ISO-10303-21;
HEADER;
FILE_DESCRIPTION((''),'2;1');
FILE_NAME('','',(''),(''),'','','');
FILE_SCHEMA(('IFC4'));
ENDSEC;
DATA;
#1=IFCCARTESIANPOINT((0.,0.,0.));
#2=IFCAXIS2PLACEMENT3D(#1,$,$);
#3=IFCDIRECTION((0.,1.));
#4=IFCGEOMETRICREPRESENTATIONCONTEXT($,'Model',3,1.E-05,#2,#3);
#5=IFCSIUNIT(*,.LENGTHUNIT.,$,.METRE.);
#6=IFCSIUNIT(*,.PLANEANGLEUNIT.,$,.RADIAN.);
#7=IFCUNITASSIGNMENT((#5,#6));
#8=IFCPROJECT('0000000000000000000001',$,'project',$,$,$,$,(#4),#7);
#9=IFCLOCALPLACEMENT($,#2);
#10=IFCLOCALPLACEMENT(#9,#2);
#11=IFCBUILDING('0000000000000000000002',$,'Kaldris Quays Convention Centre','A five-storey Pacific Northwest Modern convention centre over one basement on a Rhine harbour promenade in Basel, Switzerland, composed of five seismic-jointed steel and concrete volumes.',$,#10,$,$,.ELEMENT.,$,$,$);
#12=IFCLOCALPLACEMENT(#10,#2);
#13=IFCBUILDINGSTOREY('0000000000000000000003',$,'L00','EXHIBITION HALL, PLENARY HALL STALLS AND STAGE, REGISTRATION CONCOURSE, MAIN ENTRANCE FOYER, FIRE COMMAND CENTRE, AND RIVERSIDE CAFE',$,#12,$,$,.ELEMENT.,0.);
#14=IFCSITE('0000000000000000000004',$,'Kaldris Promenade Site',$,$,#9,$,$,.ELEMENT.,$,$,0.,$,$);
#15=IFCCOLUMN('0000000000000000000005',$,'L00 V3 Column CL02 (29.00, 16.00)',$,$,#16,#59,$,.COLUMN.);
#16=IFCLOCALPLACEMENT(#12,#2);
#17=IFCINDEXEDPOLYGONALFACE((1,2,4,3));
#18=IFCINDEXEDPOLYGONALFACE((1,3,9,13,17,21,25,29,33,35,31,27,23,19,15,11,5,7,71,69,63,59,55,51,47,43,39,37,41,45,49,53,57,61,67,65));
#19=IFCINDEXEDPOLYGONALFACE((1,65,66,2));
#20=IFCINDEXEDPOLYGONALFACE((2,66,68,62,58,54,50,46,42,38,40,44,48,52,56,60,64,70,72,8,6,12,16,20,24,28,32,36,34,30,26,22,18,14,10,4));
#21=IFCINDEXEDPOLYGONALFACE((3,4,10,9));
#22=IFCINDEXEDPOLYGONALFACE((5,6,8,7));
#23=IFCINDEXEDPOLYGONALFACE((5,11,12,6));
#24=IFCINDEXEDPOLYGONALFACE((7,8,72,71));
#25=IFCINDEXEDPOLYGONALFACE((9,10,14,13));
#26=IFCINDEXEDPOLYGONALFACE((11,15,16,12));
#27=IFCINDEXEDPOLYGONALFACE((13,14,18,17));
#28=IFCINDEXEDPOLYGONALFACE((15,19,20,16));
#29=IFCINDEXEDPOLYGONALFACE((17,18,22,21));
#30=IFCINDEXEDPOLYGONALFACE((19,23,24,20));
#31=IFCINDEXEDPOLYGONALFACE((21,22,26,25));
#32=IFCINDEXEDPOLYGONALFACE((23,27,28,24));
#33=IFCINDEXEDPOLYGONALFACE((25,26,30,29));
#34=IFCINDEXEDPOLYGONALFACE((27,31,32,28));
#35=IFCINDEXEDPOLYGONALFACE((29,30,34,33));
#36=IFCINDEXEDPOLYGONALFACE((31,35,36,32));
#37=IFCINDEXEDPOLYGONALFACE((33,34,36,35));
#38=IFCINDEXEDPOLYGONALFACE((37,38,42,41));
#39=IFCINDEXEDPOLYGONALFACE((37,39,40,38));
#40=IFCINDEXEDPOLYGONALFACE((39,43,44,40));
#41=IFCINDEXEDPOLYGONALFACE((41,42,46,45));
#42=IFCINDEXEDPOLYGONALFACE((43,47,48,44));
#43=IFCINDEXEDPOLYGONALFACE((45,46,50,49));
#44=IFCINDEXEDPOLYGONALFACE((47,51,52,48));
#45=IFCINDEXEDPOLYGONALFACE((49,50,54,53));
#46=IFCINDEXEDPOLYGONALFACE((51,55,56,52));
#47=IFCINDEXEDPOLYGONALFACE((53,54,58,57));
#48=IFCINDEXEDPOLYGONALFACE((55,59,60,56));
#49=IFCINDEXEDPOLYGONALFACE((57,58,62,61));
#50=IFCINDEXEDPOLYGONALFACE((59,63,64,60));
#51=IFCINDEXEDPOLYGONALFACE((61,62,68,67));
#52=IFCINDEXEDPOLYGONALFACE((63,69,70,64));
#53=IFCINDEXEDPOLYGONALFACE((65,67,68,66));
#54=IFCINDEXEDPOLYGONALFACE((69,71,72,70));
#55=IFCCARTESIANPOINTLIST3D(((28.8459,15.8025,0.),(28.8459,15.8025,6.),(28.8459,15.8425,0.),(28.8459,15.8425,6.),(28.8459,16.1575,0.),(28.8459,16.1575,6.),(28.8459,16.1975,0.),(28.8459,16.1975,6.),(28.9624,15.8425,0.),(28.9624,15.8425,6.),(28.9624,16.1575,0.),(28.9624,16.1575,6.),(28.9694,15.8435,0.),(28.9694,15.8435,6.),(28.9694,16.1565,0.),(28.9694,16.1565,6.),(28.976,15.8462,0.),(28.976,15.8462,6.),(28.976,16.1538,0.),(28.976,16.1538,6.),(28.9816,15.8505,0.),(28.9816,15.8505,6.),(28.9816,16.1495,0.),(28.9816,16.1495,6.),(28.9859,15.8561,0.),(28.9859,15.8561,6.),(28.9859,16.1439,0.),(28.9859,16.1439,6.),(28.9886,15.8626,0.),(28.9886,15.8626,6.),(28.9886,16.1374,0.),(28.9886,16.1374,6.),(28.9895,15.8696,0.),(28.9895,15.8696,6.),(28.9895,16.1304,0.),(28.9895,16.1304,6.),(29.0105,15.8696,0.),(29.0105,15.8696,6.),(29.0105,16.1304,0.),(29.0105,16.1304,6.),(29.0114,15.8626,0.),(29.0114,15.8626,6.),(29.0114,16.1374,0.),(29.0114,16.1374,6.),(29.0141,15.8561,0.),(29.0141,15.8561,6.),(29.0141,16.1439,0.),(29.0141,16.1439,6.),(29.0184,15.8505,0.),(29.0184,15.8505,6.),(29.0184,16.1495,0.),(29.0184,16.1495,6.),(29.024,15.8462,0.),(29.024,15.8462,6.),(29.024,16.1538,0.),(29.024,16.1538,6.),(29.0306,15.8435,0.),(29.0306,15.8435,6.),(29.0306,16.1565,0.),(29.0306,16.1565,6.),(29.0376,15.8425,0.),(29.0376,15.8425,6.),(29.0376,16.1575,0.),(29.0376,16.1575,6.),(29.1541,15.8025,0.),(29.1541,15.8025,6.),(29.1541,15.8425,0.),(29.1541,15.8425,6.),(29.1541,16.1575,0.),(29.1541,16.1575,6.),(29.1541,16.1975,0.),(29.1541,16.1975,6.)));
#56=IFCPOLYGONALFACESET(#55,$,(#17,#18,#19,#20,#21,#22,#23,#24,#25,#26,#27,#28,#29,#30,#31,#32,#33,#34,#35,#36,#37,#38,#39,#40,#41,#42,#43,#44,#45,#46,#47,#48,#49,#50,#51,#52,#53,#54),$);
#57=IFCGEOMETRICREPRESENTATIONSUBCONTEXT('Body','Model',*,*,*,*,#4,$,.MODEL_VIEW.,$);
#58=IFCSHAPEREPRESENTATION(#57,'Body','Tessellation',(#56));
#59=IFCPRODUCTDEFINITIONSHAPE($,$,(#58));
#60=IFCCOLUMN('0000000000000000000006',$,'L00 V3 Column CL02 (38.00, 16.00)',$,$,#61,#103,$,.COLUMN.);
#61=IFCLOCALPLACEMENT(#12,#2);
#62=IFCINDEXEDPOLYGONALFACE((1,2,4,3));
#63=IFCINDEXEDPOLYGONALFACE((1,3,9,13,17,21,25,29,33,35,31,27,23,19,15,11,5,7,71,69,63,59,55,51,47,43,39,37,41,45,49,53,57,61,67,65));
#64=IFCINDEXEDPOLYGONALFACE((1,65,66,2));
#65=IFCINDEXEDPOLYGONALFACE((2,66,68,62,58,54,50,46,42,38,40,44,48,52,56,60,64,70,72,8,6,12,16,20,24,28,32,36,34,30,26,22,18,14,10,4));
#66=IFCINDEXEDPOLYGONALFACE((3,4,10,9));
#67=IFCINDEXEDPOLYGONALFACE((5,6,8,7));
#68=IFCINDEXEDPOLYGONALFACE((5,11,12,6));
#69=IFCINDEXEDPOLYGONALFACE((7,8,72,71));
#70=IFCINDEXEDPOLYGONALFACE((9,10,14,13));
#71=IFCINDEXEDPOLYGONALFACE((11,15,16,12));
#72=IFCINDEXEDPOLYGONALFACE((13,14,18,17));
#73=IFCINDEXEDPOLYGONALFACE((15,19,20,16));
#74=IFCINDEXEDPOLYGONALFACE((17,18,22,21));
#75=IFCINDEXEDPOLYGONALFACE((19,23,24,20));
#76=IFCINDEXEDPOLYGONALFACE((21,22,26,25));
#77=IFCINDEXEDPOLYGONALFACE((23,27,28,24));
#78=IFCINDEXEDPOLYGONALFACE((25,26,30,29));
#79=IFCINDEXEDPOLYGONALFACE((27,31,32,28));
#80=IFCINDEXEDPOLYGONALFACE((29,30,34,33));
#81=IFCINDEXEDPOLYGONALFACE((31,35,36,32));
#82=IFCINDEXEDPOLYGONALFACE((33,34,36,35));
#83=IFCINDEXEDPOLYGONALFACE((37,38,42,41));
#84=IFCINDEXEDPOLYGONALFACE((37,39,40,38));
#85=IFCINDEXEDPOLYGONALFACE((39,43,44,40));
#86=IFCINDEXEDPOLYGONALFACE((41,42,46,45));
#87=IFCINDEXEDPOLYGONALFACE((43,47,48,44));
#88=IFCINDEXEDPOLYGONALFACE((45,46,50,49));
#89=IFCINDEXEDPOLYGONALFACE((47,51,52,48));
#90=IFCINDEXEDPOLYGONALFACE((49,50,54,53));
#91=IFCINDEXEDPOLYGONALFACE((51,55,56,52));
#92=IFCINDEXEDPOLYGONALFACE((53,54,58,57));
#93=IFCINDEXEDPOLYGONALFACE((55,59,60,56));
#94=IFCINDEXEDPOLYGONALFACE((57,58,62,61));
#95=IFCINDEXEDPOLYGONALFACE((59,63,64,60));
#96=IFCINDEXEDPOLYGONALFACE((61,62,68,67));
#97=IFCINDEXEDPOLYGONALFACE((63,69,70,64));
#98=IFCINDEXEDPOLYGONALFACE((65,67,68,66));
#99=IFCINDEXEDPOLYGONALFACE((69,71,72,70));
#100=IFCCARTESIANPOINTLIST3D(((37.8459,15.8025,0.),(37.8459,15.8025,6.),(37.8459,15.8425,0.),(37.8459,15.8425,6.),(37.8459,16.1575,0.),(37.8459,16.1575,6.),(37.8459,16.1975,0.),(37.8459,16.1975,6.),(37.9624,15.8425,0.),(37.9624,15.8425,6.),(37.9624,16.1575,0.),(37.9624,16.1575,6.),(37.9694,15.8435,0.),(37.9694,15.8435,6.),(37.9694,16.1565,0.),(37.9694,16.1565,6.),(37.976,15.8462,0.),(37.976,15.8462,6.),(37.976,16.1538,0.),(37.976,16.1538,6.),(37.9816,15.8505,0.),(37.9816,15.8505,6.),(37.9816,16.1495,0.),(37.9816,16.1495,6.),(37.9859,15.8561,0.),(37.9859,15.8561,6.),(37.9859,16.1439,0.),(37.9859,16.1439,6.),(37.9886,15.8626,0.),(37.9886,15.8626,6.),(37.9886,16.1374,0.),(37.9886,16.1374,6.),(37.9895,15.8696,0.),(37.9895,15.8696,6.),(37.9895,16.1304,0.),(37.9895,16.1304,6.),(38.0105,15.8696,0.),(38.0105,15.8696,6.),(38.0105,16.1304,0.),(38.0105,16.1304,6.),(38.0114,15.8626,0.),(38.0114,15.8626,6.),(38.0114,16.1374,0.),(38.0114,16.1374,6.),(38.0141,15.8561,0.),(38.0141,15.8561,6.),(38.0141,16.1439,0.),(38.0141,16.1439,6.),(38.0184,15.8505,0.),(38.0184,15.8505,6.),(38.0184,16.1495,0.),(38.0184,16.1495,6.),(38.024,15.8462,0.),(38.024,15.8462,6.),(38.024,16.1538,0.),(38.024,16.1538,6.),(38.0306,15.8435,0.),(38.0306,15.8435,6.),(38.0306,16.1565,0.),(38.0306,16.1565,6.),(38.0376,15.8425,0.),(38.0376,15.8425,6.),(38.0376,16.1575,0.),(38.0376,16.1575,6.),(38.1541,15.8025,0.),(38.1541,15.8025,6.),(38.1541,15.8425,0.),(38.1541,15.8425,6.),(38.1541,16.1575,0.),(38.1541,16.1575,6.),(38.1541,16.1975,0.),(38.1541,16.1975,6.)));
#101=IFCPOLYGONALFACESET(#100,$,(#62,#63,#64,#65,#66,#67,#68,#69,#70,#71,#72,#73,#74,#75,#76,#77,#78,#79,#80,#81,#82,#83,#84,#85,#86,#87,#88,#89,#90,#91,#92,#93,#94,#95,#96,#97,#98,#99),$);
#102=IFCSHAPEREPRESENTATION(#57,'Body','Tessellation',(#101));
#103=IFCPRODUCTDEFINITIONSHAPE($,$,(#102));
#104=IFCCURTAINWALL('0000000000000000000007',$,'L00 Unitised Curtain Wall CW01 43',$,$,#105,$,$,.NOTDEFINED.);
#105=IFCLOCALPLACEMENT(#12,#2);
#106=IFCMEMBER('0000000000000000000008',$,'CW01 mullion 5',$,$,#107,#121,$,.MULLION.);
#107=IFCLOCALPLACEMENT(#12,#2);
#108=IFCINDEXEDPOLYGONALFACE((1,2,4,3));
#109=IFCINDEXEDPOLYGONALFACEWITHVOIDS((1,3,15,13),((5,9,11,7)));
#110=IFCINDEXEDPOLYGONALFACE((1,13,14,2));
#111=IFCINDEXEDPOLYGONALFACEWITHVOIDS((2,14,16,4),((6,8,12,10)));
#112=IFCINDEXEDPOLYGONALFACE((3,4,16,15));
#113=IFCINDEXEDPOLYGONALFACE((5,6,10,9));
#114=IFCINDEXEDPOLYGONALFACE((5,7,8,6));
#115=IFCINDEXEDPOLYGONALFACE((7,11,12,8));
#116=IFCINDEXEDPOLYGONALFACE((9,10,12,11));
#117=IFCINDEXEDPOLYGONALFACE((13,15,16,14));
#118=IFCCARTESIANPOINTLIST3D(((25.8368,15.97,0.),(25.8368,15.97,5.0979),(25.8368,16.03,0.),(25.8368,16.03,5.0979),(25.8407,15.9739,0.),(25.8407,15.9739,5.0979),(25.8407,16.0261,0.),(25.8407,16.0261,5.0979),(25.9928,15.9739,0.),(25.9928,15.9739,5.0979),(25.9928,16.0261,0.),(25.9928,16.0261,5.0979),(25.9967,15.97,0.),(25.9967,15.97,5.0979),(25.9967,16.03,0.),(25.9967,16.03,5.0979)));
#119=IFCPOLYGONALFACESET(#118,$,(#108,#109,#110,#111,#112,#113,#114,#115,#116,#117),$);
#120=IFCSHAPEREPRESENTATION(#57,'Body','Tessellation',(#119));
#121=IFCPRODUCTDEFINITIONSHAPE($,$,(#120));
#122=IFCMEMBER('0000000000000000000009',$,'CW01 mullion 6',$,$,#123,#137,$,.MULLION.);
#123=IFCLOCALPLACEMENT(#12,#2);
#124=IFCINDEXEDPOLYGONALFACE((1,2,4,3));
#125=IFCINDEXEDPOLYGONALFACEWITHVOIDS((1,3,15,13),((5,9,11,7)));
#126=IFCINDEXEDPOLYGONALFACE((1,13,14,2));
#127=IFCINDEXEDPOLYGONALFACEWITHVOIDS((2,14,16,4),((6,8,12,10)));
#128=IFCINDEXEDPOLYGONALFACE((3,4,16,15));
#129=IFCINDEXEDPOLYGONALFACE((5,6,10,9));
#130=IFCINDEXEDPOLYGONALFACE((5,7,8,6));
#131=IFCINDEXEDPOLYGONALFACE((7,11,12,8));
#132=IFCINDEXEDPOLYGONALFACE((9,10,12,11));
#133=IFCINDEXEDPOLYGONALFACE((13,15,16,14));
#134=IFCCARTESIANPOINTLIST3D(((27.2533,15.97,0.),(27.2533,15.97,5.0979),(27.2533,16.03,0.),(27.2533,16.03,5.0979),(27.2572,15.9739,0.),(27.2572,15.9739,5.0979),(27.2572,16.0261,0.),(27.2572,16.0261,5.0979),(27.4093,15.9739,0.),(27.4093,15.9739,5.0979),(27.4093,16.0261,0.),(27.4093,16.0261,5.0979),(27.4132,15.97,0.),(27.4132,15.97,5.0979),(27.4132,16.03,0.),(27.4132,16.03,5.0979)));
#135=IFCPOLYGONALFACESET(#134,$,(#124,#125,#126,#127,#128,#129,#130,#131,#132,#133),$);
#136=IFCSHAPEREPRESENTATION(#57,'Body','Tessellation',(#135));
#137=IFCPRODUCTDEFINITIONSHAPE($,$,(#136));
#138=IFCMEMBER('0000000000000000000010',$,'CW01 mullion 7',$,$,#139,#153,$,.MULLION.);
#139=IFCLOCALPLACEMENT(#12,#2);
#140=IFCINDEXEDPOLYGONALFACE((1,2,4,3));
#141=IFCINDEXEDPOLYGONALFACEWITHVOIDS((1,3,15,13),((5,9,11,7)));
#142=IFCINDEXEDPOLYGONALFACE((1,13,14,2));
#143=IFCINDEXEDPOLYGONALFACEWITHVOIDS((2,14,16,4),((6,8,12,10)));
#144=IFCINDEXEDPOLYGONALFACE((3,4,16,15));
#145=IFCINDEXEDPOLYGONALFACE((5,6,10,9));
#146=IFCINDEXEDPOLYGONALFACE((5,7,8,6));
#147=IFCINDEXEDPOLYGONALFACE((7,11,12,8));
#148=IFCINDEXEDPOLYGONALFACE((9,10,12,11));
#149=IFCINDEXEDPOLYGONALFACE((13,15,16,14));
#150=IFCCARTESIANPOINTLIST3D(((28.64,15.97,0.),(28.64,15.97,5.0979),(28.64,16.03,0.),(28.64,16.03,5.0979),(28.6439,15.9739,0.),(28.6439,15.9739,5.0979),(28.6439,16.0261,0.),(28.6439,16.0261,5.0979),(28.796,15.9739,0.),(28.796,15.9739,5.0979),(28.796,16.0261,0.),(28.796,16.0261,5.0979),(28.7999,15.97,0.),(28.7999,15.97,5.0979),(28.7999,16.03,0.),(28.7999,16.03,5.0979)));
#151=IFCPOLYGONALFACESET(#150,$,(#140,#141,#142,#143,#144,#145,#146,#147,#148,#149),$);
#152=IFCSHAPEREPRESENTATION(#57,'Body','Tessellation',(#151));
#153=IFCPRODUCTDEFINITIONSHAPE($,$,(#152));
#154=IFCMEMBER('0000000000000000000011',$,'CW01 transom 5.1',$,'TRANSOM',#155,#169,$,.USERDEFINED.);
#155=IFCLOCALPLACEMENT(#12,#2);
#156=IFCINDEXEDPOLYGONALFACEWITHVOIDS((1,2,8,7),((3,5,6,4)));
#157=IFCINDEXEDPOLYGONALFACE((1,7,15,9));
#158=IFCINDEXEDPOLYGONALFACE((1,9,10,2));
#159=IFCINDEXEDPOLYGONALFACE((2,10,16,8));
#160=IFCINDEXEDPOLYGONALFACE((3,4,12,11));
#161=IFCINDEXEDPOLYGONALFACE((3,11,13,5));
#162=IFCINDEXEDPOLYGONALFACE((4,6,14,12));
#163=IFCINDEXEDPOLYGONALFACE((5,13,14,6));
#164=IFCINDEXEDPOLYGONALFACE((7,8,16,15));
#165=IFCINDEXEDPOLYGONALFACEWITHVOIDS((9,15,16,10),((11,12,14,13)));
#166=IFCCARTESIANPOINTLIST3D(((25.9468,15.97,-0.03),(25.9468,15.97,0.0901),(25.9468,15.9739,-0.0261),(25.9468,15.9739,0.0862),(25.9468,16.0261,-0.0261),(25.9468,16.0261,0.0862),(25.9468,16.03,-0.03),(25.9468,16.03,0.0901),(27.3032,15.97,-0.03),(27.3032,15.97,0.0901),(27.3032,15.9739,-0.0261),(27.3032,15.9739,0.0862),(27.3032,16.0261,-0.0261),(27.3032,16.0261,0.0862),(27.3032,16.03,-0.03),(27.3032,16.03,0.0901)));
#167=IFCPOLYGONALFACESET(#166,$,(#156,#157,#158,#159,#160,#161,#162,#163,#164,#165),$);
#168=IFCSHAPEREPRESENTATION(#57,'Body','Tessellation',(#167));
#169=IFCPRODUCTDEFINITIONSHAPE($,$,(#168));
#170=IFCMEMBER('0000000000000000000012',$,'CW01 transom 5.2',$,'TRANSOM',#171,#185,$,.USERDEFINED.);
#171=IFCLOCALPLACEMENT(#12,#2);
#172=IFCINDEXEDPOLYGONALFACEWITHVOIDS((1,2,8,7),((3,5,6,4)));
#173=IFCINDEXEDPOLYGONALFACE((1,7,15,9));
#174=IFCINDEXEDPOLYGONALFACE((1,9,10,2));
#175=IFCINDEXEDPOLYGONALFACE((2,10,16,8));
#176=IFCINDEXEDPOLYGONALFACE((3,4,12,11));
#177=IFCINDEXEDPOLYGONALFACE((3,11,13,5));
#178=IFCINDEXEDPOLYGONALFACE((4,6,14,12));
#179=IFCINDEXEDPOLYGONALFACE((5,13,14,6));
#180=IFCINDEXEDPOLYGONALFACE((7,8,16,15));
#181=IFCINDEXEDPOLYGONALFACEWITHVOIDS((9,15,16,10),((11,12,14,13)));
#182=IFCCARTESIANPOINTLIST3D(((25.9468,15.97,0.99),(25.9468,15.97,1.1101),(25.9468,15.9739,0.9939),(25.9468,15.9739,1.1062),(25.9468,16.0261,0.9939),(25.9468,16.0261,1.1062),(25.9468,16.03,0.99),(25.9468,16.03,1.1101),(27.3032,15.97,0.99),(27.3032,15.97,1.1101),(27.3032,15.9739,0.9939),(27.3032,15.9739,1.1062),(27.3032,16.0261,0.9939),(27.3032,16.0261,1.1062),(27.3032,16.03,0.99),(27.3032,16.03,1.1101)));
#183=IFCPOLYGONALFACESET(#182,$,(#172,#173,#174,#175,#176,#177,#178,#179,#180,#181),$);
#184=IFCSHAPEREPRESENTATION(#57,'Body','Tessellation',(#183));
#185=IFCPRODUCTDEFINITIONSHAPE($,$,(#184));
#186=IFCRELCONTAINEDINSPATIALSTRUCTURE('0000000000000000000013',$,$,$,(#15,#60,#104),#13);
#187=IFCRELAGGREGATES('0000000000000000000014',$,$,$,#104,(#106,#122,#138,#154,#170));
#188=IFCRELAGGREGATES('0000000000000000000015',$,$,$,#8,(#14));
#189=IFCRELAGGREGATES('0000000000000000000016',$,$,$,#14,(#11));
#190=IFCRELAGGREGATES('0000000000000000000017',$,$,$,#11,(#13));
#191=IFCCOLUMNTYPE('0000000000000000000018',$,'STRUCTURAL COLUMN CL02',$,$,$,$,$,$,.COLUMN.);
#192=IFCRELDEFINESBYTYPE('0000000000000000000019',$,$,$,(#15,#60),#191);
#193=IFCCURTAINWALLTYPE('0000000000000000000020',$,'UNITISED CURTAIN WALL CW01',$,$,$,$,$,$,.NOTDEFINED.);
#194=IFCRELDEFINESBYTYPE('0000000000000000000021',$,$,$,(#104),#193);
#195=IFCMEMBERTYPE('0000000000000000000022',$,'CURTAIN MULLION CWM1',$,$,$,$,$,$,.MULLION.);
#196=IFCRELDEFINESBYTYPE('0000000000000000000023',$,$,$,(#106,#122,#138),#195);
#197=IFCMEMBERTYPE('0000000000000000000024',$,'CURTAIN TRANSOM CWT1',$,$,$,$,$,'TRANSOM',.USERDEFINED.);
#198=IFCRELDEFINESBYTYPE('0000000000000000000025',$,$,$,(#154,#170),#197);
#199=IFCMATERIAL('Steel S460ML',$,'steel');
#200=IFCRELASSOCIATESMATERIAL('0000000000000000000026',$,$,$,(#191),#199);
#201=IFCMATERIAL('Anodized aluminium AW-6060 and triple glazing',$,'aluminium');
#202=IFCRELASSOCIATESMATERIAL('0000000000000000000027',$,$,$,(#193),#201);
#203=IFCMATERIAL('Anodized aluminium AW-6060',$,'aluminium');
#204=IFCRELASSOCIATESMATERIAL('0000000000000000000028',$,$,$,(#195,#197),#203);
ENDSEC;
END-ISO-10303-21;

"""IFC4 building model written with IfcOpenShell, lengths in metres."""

from ifc_helpers import new_model, si_unit, direction, frame, origin, origin_2d, place, context, subcontext, project, spatial, hollow_rectangle, i_section, extrude, material, material_profile, profile_set, type_object, element, aggregate, save


model = new_model("IFC4")

# Units and contexts
model_context = context("Model", 3, precision=1e-05, world=origin(), true_north=direction((0.0, 1.0)))
body_context = subcontext(model_context, "Body", "Model", "MODEL_VIEW")
ifc_project = project(units=[si_unit("LENGTHUNIT", "METRE"), si_unit("PLANEANGLEUNIT", "RADIAN")], contexts=[model_context])

# Site, building, storey
site_placement = place(None, origin())
site = spatial("IfcSite", under=ifc_project, at=site_placement, Name="Kaldris Promenade Site", CompositionType="ELEMENT", RefElevation=0.0)
building_placement = place(site_placement, origin())
building = spatial("IfcBuilding", under=site, at=building_placement, Name="Kaldris Quays Convention Centre", Description="A five-storey Pacific Northwest Modern convention centre over one basement on a Rhine harbour promenade in Basel, Switzerland, composed of five seismic-jointed steel and concrete volumes.", CompositionType="ELEMENT")
storey_placement = place(building_placement, origin())
storey = spatial("IfcBuildingStorey", under=building, at=storey_placement, Name="L00", Description="EXHIBITION HALL, PLENARY HALL STALLS AND STAGE, REGISTRATION CONCOURSE, MAIN ENTRANCE FOYER, FIRE COMMAND CENTRE, AND RIVERSIDE CAFE", CompositionType="ELEMENT", Elevation=0.0)

# Columns
ifc_material_1 = material(Name="Steel S460ML", Category="steel")
ifc_material_profile_1 = material_profile(ifc_material_1, i_section(OverallWidth=0.3081, OverallDepth=0.395, WebThickness=0.021, FlangeThickness=0.04, FilletRadius=0.0271, at=origin_2d()), Name="HEM 360")
ifc_profile_set_1 = profile_set([ifc_material_profile_1], Name="Steel S460ML")
column_type = type_object("IfcColumnType", Name="STRUCTURAL COLUMN CL02", PredefinedType="COLUMN", material=ifc_profile_set_1)
for number, where, z_axis, x_axis, name in (
    (1, (29.0, 16.0, 0.0), (0.0, 0.0, 1.0), (1.0, 0.0, 0.0), "L00 V3 Column CL02 (29.00, 16.00)"),
    (2, (38.0, 16.0, 0.0), (0.0, 0.0, 1.0), (1.0, 0.0, 0.0), "L00 V3 Column CL02 (38.00, 16.00)"),
):
    element("IfcColumn", number, at=place(storey_placement, frame(where, z_axis=z_axis, x_axis=x_axis)), inside=storey, type_object=column_type, Name=name, PredefinedType="COLUMN", context=body_context, shape_type="SweptSolid", body=[
        extrude(i_section(OverallWidth=0.3081, OverallDepth=0.395, WebThickness=0.021, FlangeThickness=0.04, FilletRadius=0.0271, at=origin_2d()), origin(), (0.0, 0.0, 1.0), 6.0),
    ])

# Curtain wall, members
ifc_material_2 = material(Name="Anodized aluminium AW-6060 and triple glazing", Category="aluminium")
curtain_wall_type = type_object("IfcCurtainWallType", Name="UNITISED CURTAIN WALL CW01", PredefinedType="NOTDEFINED", material=ifc_material_2)
curtain_wall_placement = place(storey_placement, origin())
curtain_wall = element("IfcCurtainWall", 3, at=curtain_wall_placement, inside=storey, type_object=curtain_wall_type, Name="L00 Unitised Curtain Wall CW01 43", PredefinedType="NOTDEFINED")
ifc_material_3 = material(Name="Anodized aluminium AW-6060", Category="aluminium")
ifc_material_profile_2 = material_profile(ifc_material_3, hollow_rectangle(XDim=0.0601, YDim=0.1599, WallThickness=0.0039, at=origin_2d()), Name="RHS 160x60x4")
ifc_profile_set_2 = profile_set([ifc_material_profile_2], Name="Anodized aluminium AW-6060")
member_type_1 = type_object("IfcMemberType", Name="CURTAIN MULLION CWM1", PredefinedType="MULLION", material=ifc_profile_set_2)
member_1_placement = place(storey_placement, frame((25.9167, 16.0, 0.0), z_axis=(0.0, 0.0, 1.0), x_axis=(0.0, 1.0, 0.0)))
member_1 = element("IfcMember", 4, at=member_1_placement, type_object=member_type_1, Name="CW01 mullion 5", PredefinedType="MULLION", context=body_context, shape_type="SweptSolid", body=[
    extrude(hollow_rectangle(XDim=0.0601, YDim=0.1599, WallThickness=0.0039, at=origin_2d()), origin(), (0.0, 0.0, 1.0), 5.0979),
])
member_2_placement = place(storey_placement, frame((27.3333, 16.0, 0.0), z_axis=(0.0, 0.0, 1.0), x_axis=(0.0, 1.0, 0.0)))
member_2 = element("IfcMember", 5, at=member_2_placement, type_object=member_type_1, Name="CW01 mullion 6", PredefinedType="MULLION", context=body_context, shape_type="SweptSolid", body=[
    extrude(hollow_rectangle(XDim=0.0601, YDim=0.1599, WallThickness=0.0039, at=origin_2d()), origin(), (0.0, 0.0, 1.0), 5.0979),
])
member_3_placement = place(storey_placement, frame((28.72, 16.0, 0.0), z_axis=(0.0, 0.0, 1.0), x_axis=(0.0, 1.0, 0.0)))
member_3 = element("IfcMember", 6, at=member_3_placement, type_object=member_type_1, Name="CW01 mullion 7", PredefinedType="MULLION", context=body_context, shape_type="SweptSolid", body=[
    extrude(hollow_rectangle(XDim=0.0601, YDim=0.1599, WallThickness=0.0039, at=origin_2d()), origin(), (0.0, 0.0, 1.0), 5.0979),
])
ifc_material_profile_3 = material_profile(ifc_material_3, hollow_rectangle(XDim=0.0601, YDim=0.1201, WallThickness=0.0039, at=origin_2d()), Name="RHS 120x60x4")
ifc_profile_set_3 = profile_set([ifc_material_profile_3], Name="Anodized aluminium AW-6060")
member_type_2 = type_object("IfcMemberType", Name="CURTAIN TRANSOM CWT1", ElementType="TRANSOM", PredefinedType="USERDEFINED", material=ifc_profile_set_3)
member_4_placement = place(storey_placement, frame((25.9468, 16.0, 0.03), z_axis=(1.0, 0.0, 0.0), x_axis=(0.0, 1.0, 0.0)))
member_4 = element("IfcMember", 7, at=member_4_placement, type_object=member_type_2, Name="CW01 transom 5.1", ObjectType="TRANSOM", PredefinedType="USERDEFINED", context=body_context, shape_type="SweptSolid", body=[
    extrude(hollow_rectangle(XDim=0.0601, YDim=0.1201, WallThickness=0.0039, at=origin_2d()), origin(), (0.0, 0.0, 1.0), 1.3564),
])
member_5_placement = place(storey_placement, frame((25.9468, 16.0, 1.05), z_axis=(1.0, 0.0, 0.0), x_axis=(0.0, 1.0, 0.0)))
member_5 = element("IfcMember", 8, at=member_5_placement, type_object=member_type_2, Name="CW01 transom 5.2", ObjectType="TRANSOM", PredefinedType="USERDEFINED", context=body_context, shape_type="SweptSolid", body=[
    extrude(hollow_rectangle(XDim=0.0601, YDim=0.1201, WallThickness=0.0039, at=origin_2d()), origin(), (0.0, 0.0, 1.0), 1.3564),
])

aggregate(curtain_wall, [member_1, member_2, member_3, member_4, member_5])

save(model, "model.ifc")
